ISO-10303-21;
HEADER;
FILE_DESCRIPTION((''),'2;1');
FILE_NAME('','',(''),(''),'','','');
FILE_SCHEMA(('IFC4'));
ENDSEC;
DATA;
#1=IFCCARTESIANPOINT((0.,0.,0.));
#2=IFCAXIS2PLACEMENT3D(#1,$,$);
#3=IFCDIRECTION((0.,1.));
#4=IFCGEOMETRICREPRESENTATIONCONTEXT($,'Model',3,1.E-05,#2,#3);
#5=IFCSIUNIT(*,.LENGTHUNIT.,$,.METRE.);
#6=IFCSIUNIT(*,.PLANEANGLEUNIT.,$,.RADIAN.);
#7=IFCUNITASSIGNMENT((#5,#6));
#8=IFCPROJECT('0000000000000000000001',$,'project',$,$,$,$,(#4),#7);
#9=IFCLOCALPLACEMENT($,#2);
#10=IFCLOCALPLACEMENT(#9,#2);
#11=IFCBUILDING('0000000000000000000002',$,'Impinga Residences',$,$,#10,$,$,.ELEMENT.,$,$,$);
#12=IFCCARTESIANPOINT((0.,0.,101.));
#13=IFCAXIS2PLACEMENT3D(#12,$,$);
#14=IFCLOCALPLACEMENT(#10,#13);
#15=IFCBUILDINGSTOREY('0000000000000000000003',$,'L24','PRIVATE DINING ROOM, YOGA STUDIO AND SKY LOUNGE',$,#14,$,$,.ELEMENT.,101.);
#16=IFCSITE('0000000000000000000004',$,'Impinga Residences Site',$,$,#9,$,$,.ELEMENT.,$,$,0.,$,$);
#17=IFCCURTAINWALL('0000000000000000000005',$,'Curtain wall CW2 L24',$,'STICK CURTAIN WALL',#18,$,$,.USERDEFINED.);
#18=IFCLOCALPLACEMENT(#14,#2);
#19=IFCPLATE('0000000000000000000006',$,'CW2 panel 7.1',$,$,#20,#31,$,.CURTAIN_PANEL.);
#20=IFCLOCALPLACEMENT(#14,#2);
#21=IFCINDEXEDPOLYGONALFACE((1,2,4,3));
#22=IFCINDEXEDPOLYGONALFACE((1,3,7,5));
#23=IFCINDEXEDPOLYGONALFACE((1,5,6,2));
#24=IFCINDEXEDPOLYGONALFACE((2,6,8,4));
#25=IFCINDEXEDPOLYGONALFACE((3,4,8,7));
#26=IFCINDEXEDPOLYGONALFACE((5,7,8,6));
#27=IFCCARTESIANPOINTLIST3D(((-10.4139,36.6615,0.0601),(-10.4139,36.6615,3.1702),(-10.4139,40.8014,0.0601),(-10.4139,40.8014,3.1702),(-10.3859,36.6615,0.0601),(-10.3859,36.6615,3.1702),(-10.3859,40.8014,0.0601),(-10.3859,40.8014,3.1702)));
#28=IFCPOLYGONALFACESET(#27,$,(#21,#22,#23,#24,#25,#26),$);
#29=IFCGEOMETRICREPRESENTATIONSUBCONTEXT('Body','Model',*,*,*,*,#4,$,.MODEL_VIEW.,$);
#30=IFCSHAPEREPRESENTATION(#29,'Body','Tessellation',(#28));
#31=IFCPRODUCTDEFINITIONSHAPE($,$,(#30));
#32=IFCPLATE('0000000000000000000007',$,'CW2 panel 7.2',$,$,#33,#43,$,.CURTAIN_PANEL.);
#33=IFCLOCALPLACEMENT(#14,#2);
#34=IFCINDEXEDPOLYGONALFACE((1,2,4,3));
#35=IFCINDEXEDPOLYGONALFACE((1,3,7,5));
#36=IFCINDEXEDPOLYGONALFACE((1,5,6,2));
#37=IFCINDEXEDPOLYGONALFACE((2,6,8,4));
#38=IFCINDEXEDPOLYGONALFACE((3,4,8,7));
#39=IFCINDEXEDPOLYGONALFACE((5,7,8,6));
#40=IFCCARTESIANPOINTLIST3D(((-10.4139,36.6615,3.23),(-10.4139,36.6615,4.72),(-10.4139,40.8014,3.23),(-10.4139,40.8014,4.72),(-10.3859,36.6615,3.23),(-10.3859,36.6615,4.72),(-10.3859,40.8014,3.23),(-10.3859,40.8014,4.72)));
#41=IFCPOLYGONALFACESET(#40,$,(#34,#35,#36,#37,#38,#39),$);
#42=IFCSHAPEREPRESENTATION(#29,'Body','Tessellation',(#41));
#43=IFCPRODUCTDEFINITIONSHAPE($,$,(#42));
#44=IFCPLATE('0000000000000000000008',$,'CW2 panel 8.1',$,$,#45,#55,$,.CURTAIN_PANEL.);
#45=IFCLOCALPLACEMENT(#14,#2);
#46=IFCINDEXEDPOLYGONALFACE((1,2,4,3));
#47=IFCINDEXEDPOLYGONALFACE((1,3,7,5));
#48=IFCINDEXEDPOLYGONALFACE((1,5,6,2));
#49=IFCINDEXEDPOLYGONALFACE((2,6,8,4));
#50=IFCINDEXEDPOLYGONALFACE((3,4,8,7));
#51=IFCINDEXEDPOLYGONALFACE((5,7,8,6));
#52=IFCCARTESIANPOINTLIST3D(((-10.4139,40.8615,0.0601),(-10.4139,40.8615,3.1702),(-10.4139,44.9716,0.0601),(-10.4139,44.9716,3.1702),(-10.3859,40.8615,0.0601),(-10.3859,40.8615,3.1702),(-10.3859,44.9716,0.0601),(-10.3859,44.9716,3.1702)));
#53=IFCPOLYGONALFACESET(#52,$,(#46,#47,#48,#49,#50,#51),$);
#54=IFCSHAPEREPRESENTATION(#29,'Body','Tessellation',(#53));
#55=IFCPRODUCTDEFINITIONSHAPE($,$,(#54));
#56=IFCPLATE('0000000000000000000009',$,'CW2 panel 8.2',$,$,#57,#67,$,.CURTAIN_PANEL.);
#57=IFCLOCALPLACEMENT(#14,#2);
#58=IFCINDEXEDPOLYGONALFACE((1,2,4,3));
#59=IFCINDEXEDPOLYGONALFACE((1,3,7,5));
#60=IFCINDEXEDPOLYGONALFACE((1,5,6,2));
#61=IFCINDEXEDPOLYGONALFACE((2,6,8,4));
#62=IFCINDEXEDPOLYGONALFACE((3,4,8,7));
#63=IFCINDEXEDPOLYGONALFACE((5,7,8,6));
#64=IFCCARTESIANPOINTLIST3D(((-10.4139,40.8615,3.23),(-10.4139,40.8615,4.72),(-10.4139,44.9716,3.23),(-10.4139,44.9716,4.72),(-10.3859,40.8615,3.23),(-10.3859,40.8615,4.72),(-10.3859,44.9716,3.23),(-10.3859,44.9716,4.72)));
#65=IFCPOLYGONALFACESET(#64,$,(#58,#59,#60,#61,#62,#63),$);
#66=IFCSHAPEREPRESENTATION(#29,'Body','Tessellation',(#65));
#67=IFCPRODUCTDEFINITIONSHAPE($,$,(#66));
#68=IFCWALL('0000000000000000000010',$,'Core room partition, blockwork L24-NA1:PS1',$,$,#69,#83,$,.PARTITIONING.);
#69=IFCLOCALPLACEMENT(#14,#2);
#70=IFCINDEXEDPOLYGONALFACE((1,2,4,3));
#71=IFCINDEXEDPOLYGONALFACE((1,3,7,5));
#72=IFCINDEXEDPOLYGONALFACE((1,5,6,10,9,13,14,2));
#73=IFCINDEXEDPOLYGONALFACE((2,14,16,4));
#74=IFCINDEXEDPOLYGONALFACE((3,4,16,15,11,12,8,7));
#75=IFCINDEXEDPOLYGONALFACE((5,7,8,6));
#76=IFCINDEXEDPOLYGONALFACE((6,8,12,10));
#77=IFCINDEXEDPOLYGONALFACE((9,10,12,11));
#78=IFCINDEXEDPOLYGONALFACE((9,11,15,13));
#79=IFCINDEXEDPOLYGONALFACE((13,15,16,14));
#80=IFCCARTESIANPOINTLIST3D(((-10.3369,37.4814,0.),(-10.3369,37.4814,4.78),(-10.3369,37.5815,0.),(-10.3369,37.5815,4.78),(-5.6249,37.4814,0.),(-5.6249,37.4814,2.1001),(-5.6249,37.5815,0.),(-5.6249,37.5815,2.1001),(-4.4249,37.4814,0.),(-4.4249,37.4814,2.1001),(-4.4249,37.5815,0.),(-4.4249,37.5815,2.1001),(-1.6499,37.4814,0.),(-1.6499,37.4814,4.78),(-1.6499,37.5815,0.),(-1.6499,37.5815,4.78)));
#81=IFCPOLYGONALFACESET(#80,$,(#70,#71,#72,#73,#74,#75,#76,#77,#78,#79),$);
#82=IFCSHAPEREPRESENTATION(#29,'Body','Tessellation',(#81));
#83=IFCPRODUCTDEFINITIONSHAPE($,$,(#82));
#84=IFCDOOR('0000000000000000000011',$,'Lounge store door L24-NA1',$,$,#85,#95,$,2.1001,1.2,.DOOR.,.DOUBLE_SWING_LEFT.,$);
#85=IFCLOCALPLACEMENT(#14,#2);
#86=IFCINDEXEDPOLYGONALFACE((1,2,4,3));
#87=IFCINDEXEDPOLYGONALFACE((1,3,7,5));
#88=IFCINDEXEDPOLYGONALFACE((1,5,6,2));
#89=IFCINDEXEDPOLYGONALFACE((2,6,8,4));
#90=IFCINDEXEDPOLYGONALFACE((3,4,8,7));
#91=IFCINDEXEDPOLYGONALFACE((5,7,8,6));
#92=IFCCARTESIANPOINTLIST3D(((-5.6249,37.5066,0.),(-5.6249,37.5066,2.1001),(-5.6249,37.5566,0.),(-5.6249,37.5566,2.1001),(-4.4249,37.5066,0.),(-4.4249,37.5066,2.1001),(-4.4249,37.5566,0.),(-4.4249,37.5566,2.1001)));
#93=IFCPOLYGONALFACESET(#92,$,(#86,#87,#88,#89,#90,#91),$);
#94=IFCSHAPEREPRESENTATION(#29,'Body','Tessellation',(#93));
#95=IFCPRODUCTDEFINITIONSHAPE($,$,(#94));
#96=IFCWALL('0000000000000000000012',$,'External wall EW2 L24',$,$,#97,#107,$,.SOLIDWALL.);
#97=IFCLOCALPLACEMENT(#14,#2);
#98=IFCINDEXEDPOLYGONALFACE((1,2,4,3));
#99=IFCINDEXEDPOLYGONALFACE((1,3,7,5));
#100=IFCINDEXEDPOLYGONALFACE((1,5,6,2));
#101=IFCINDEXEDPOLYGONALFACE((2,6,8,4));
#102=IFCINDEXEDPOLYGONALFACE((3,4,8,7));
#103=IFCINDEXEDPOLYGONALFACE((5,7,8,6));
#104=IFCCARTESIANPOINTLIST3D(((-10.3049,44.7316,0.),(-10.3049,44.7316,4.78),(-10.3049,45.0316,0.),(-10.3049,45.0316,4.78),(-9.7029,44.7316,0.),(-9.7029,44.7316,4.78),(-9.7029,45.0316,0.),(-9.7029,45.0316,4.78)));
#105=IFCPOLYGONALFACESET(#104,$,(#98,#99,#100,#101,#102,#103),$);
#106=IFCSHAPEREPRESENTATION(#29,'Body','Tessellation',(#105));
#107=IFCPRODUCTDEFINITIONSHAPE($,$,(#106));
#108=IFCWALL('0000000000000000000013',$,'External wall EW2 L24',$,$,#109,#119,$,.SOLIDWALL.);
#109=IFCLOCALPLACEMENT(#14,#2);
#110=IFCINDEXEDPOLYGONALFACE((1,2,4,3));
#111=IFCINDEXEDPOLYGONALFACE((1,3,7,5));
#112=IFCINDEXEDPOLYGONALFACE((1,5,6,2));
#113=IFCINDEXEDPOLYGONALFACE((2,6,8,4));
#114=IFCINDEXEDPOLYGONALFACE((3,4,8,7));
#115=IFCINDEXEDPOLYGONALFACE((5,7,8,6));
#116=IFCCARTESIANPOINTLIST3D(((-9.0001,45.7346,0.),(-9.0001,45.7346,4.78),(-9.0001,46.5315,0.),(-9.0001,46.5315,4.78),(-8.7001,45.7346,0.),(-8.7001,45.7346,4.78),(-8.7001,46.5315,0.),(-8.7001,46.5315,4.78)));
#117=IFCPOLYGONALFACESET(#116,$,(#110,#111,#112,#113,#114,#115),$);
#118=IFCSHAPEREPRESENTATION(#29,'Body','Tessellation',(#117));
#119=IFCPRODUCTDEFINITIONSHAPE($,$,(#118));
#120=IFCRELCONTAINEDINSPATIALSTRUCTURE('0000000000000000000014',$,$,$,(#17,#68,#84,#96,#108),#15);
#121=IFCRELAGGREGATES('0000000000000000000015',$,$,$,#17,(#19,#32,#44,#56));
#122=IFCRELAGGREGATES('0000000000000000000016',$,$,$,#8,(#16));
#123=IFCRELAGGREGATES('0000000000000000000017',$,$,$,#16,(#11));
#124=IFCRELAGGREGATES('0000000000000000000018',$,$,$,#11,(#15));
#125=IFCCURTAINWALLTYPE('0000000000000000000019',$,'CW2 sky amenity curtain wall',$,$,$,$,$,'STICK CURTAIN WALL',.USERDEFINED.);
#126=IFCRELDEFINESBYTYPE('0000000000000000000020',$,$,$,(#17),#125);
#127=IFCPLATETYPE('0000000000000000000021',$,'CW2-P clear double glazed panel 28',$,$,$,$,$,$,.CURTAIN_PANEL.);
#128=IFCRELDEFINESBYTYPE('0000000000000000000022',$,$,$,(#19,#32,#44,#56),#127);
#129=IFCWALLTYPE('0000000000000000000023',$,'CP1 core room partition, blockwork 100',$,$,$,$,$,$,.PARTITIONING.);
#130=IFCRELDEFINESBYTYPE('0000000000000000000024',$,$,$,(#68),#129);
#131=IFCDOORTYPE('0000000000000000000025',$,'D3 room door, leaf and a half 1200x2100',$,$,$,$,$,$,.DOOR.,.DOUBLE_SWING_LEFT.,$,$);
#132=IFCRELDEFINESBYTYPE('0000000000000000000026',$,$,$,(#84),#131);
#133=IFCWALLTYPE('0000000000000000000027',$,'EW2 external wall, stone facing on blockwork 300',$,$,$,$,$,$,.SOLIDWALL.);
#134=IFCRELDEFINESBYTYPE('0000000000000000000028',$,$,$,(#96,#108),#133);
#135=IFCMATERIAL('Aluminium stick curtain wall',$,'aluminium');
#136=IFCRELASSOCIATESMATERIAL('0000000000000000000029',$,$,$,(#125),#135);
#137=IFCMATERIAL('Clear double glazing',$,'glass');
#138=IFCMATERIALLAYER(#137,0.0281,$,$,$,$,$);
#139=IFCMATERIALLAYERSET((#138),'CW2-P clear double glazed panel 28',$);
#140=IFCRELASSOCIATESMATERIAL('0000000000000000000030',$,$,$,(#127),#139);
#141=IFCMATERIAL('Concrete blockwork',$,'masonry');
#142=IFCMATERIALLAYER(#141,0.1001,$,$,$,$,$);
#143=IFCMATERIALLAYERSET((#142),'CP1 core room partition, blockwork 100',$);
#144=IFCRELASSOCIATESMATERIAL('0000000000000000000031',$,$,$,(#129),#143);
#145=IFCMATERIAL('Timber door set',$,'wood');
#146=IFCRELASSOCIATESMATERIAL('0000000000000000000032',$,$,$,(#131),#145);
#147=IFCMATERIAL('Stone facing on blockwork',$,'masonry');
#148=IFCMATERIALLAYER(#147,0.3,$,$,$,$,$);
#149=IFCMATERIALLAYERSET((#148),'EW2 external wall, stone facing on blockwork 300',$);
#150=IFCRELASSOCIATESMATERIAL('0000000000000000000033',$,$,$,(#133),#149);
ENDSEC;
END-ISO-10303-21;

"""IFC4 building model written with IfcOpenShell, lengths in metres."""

from ifc_helpers import new_model, si_unit, direction, frame, frame_2d, origin, origin_2d, place, context, subcontext, project, spatial, rectangle, extrude, material, layer, layer_set, type_object, element, fill, aggregate, save


model = new_model("IFC4")

# Units and contexts
model_context = context("Model", 3, precision=1e-05, world=origin(), true_north=direction((0.0, 1.0)))
body_context = subcontext(model_context, "Body", "Model", "MODEL_VIEW")
ifc_project = project(units=[si_unit("LENGTHUNIT", "METRE"), si_unit("PLANEANGLEUNIT", "RADIAN")], contexts=[model_context])

# Site, building, storey
site_placement = place(None, origin())
site = spatial("IfcSite", under=ifc_project, at=site_placement, Name="Impinga Residences Site", CompositionType="ELEMENT", RefElevation=0.0)
building_placement = place(site_placement, origin())
building = spatial("IfcBuilding", under=site, at=building_placement, Name="Impinga Residences", CompositionType="ELEMENT")
storey_placement = place(building_placement, frame((0.0, 0.0, 101.0)))
storey = spatial("IfcBuildingStorey", under=building, at=storey_placement, Name="L24", Description="PRIVATE DINING ROOM, YOGA STUDIO AND SKY LOUNGE", CompositionType="ELEMENT", Elevation=101.0)

# Curtain wall
ifc_material_1 = material(Name="Aluminium stick curtain wall", Category="aluminium")
curtain_wall_type = type_object("IfcCurtainWallType", Name="CW2 sky amenity curtain wall", ElementType="STICK CURTAIN WALL", PredefinedType="USERDEFINED", material=ifc_material_1)
curtain_wall_1_placement = place(storey_placement, origin())
curtain_wall_1 = element("IfcCurtainWall", 1, at=curtain_wall_1_placement, inside=storey, type_object=curtain_wall_type, Name="Curtain wall CW2 L24", ObjectType="STICK CURTAIN WALL", PredefinedType="USERDEFINED")

# Plates
ifc_material_2 = material(Name="Clear double glazing", Category="glass")
ifc_layer_1 = layer(ifc_material_2, 0.0281)
ifc_layer_set_1 = layer_set([ifc_layer_1], Name="CW2-P clear double glazed panel 28")
plate_type = type_object("IfcPlateType", Name="CW2-P clear double glazed panel 28", PredefinedType="CURTAIN_PANEL", material=ifc_layer_set_1)
plate_1_placement = place(storey_placement, frame((-10.3999, 38.7314, 0.0601), z_axis=(0.0, 0.0, 1.0), x_axis=(0.0, 1.0, 0.0)))
plate_1 = element("IfcPlate", 2, at=plate_1_placement, type_object=plate_type, Name="CW2 panel 7.1", PredefinedType="CURTAIN_PANEL", context=body_context, shape_type="SweptSolid", body=[
    extrude(rectangle(XDim=4.1399, YDim=0.0281, at=origin_2d()), origin(), (0.0, 0.0, 1.0), 3.1101),
])
plate_2_placement = place(storey_placement, frame((-10.3999, 38.7314, 3.23), z_axis=(0.0, 0.0, 1.0), x_axis=(0.0, 1.0, 0.0)))
plate_2 = element("IfcPlate", 3, at=plate_2_placement, type_object=plate_type, Name="CW2 panel 7.2", PredefinedType="CURTAIN_PANEL", context=body_context, shape_type="SweptSolid", body=[
    extrude(rectangle(XDim=4.1399, YDim=0.0281, at=origin_2d()), origin(), (0.0, 0.0, 1.0), 1.49),
])
plate_3_placement = place(storey_placement, frame((-10.3999, 42.9165, 0.0601), z_axis=(0.0, 0.0, 1.0), x_axis=(0.0, 1.0, 0.0)))
plate_3 = element("IfcPlate", 4, at=plate_3_placement, type_object=plate_type, Name="CW2 panel 8.1", PredefinedType="CURTAIN_PANEL", context=body_context, shape_type="SweptSolid", body=[
    extrude(rectangle(XDim=4.1101, YDim=0.0281, at=origin_2d()), origin(), (0.0, 0.0, 1.0), 3.1101),
])
plate_4_placement = place(storey_placement, frame((-10.3999, 42.9165, 3.23), z_axis=(0.0, 0.0, 1.0), x_axis=(0.0, 1.0, 0.0)))
plate_4 = element("IfcPlate", 5, at=plate_4_placement, type_object=plate_type, Name="CW2 panel 8.2", PredefinedType="CURTAIN_PANEL", context=body_context, shape_type="SweptSolid", body=[
    extrude(rectangle(XDim=4.1101, YDim=0.0281, at=origin_2d()), origin(), (0.0, 0.0, 1.0), 1.49),
])
aggregate(curtain_wall_1, [plate_1, plate_2, plate_3, plate_4])

# Wall, opening, door
ifc_material_3 = material(Name="Concrete blockwork", Category="masonry")
ifc_layer_2 = layer(ifc_material_3, 0.1001)
ifc_layer_set_2 = layer_set([ifc_layer_2], Name="CP1 core room partition, blockwork 100")
wall_type_1 = type_object("IfcWallType", Name="CP1 core room partition, blockwork 100", PredefinedType="PARTITIONING", material=ifc_layer_set_2)
wall_1_placement = place(storey_placement, frame((-1.6499, 37.5315, 0.0), z_axis=(0.0, 0.0, 1.0), x_axis=(-1.0, 0.0, 0.0)))
wall_1 = element("IfcWall", 6, at=wall_1_placement, inside=storey, type_object=wall_type_1, Name="Core room partition, blockwork L24-NA1:PS1", PredefinedType="PARTITIONING", context=body_context, shape_type="SweptSolid", body=[
    extrude(rectangle(XDim=8.687, YDim=0.1001, at=frame_2d((4.3435, 0.0))), origin(), (0.0, 0.0, 1.0), 4.78),
])
opening_placement = place(wall_1_placement, frame((2.7749, 0.0, 0.0)))
opening = element("IfcOpeningElement", 7, at=opening_placement, cuts=wall_1, PredefinedType="OPENING", context=body_context, shape_type="SweptSolid", body=[
    extrude(rectangle(XDim=1.2, YDim=2.1001, at=frame_2d((0.6001, 1.05))), frame((0.0, 0.0601, 0.0), z_axis=(0.0, -1.0, 0.0), x_axis=(1.0, 0.0, 0.0)), (0.0, 0.0, 1.0), 0.1201),
])
ifc_material_4 = material(Name="Timber door set", Category="wood")
door_type = type_object("IfcDoorType", Name="D3 room door, leaf and a half 1200x2100", OperationType="DOUBLE_SWING_LEFT", PredefinedType="DOOR", material=ifc_material_4)
door_placement = place(opening_placement, origin())
door = element("IfcDoor", 8, at=door_placement, inside=storey, type_object=door_type, Name="Lounge store door L24-NA1", OperationType="DOUBLE_SWING_LEFT", OverallHeight=2.1001, OverallWidth=1.2, PredefinedType="DOOR", context=body_context, shape_type="SweptSolid", body=[
    extrude(rectangle(XDim=1.2, YDim=2.1001, at=frame_2d((0.6001, 1.05))), frame((0.0, 0.0249, 0.0), z_axis=(0.0, -1.0, 0.0), x_axis=(1.0, 0.0, 0.0)), (0.0, 0.0, 1.0), 0.05),
])
fill(opening, door)

# Walls
ifc_material_5 = material(Name="Stone facing on blockwork", Category="masonry")
ifc_layer_3 = layer(ifc_material_5, 0.3)
ifc_layer_set_3 = layer_set([ifc_layer_3], Name="EW2 external wall, stone facing on blockwork 300")
wall_type_2 = type_object("IfcWallType", Name="EW2 external wall, stone facing on blockwork 300", PredefinedType="SOLIDWALL", material=ifc_layer_set_3)
wall_2_placement = place(storey_placement, frame((-10.3049, 44.8816, 0.0), z_axis=(0.0, 0.0, 1.0), x_axis=(1.0, 0.0, 0.0)))
element("IfcWall", 9, at=wall_2_placement, inside=storey, type_object=wall_type_2, Name="External wall EW2 L24", PredefinedType="SOLIDWALL", context=body_context, shape_type="SweptSolid", body=[
    extrude(rectangle(XDim=0.6021, YDim=0.3, at=frame_2d((0.301, 0.0))), origin(), (0.0, 0.0, 1.0), 4.78),
])
wall_3_placement = place(storey_placement, frame((-8.8501, 45.7346, 0.0), z_axis=(0.0, 0.0, 1.0), x_axis=(0.0, 1.0, 0.0)))
element("IfcWall", 10, at=wall_3_placement, inside=storey, type_object=wall_type_2, Name="External wall EW2 L24", PredefinedType="SOLIDWALL", context=body_context, shape_type="SweptSolid", body=[
    extrude(rectangle(XDim=0.7969, YDim=0.3, at=frame_2d((0.3984, 0.0))), origin(), (0.0, 0.0, 1.0), 4.78),
])

save(model, "model.ifc")
